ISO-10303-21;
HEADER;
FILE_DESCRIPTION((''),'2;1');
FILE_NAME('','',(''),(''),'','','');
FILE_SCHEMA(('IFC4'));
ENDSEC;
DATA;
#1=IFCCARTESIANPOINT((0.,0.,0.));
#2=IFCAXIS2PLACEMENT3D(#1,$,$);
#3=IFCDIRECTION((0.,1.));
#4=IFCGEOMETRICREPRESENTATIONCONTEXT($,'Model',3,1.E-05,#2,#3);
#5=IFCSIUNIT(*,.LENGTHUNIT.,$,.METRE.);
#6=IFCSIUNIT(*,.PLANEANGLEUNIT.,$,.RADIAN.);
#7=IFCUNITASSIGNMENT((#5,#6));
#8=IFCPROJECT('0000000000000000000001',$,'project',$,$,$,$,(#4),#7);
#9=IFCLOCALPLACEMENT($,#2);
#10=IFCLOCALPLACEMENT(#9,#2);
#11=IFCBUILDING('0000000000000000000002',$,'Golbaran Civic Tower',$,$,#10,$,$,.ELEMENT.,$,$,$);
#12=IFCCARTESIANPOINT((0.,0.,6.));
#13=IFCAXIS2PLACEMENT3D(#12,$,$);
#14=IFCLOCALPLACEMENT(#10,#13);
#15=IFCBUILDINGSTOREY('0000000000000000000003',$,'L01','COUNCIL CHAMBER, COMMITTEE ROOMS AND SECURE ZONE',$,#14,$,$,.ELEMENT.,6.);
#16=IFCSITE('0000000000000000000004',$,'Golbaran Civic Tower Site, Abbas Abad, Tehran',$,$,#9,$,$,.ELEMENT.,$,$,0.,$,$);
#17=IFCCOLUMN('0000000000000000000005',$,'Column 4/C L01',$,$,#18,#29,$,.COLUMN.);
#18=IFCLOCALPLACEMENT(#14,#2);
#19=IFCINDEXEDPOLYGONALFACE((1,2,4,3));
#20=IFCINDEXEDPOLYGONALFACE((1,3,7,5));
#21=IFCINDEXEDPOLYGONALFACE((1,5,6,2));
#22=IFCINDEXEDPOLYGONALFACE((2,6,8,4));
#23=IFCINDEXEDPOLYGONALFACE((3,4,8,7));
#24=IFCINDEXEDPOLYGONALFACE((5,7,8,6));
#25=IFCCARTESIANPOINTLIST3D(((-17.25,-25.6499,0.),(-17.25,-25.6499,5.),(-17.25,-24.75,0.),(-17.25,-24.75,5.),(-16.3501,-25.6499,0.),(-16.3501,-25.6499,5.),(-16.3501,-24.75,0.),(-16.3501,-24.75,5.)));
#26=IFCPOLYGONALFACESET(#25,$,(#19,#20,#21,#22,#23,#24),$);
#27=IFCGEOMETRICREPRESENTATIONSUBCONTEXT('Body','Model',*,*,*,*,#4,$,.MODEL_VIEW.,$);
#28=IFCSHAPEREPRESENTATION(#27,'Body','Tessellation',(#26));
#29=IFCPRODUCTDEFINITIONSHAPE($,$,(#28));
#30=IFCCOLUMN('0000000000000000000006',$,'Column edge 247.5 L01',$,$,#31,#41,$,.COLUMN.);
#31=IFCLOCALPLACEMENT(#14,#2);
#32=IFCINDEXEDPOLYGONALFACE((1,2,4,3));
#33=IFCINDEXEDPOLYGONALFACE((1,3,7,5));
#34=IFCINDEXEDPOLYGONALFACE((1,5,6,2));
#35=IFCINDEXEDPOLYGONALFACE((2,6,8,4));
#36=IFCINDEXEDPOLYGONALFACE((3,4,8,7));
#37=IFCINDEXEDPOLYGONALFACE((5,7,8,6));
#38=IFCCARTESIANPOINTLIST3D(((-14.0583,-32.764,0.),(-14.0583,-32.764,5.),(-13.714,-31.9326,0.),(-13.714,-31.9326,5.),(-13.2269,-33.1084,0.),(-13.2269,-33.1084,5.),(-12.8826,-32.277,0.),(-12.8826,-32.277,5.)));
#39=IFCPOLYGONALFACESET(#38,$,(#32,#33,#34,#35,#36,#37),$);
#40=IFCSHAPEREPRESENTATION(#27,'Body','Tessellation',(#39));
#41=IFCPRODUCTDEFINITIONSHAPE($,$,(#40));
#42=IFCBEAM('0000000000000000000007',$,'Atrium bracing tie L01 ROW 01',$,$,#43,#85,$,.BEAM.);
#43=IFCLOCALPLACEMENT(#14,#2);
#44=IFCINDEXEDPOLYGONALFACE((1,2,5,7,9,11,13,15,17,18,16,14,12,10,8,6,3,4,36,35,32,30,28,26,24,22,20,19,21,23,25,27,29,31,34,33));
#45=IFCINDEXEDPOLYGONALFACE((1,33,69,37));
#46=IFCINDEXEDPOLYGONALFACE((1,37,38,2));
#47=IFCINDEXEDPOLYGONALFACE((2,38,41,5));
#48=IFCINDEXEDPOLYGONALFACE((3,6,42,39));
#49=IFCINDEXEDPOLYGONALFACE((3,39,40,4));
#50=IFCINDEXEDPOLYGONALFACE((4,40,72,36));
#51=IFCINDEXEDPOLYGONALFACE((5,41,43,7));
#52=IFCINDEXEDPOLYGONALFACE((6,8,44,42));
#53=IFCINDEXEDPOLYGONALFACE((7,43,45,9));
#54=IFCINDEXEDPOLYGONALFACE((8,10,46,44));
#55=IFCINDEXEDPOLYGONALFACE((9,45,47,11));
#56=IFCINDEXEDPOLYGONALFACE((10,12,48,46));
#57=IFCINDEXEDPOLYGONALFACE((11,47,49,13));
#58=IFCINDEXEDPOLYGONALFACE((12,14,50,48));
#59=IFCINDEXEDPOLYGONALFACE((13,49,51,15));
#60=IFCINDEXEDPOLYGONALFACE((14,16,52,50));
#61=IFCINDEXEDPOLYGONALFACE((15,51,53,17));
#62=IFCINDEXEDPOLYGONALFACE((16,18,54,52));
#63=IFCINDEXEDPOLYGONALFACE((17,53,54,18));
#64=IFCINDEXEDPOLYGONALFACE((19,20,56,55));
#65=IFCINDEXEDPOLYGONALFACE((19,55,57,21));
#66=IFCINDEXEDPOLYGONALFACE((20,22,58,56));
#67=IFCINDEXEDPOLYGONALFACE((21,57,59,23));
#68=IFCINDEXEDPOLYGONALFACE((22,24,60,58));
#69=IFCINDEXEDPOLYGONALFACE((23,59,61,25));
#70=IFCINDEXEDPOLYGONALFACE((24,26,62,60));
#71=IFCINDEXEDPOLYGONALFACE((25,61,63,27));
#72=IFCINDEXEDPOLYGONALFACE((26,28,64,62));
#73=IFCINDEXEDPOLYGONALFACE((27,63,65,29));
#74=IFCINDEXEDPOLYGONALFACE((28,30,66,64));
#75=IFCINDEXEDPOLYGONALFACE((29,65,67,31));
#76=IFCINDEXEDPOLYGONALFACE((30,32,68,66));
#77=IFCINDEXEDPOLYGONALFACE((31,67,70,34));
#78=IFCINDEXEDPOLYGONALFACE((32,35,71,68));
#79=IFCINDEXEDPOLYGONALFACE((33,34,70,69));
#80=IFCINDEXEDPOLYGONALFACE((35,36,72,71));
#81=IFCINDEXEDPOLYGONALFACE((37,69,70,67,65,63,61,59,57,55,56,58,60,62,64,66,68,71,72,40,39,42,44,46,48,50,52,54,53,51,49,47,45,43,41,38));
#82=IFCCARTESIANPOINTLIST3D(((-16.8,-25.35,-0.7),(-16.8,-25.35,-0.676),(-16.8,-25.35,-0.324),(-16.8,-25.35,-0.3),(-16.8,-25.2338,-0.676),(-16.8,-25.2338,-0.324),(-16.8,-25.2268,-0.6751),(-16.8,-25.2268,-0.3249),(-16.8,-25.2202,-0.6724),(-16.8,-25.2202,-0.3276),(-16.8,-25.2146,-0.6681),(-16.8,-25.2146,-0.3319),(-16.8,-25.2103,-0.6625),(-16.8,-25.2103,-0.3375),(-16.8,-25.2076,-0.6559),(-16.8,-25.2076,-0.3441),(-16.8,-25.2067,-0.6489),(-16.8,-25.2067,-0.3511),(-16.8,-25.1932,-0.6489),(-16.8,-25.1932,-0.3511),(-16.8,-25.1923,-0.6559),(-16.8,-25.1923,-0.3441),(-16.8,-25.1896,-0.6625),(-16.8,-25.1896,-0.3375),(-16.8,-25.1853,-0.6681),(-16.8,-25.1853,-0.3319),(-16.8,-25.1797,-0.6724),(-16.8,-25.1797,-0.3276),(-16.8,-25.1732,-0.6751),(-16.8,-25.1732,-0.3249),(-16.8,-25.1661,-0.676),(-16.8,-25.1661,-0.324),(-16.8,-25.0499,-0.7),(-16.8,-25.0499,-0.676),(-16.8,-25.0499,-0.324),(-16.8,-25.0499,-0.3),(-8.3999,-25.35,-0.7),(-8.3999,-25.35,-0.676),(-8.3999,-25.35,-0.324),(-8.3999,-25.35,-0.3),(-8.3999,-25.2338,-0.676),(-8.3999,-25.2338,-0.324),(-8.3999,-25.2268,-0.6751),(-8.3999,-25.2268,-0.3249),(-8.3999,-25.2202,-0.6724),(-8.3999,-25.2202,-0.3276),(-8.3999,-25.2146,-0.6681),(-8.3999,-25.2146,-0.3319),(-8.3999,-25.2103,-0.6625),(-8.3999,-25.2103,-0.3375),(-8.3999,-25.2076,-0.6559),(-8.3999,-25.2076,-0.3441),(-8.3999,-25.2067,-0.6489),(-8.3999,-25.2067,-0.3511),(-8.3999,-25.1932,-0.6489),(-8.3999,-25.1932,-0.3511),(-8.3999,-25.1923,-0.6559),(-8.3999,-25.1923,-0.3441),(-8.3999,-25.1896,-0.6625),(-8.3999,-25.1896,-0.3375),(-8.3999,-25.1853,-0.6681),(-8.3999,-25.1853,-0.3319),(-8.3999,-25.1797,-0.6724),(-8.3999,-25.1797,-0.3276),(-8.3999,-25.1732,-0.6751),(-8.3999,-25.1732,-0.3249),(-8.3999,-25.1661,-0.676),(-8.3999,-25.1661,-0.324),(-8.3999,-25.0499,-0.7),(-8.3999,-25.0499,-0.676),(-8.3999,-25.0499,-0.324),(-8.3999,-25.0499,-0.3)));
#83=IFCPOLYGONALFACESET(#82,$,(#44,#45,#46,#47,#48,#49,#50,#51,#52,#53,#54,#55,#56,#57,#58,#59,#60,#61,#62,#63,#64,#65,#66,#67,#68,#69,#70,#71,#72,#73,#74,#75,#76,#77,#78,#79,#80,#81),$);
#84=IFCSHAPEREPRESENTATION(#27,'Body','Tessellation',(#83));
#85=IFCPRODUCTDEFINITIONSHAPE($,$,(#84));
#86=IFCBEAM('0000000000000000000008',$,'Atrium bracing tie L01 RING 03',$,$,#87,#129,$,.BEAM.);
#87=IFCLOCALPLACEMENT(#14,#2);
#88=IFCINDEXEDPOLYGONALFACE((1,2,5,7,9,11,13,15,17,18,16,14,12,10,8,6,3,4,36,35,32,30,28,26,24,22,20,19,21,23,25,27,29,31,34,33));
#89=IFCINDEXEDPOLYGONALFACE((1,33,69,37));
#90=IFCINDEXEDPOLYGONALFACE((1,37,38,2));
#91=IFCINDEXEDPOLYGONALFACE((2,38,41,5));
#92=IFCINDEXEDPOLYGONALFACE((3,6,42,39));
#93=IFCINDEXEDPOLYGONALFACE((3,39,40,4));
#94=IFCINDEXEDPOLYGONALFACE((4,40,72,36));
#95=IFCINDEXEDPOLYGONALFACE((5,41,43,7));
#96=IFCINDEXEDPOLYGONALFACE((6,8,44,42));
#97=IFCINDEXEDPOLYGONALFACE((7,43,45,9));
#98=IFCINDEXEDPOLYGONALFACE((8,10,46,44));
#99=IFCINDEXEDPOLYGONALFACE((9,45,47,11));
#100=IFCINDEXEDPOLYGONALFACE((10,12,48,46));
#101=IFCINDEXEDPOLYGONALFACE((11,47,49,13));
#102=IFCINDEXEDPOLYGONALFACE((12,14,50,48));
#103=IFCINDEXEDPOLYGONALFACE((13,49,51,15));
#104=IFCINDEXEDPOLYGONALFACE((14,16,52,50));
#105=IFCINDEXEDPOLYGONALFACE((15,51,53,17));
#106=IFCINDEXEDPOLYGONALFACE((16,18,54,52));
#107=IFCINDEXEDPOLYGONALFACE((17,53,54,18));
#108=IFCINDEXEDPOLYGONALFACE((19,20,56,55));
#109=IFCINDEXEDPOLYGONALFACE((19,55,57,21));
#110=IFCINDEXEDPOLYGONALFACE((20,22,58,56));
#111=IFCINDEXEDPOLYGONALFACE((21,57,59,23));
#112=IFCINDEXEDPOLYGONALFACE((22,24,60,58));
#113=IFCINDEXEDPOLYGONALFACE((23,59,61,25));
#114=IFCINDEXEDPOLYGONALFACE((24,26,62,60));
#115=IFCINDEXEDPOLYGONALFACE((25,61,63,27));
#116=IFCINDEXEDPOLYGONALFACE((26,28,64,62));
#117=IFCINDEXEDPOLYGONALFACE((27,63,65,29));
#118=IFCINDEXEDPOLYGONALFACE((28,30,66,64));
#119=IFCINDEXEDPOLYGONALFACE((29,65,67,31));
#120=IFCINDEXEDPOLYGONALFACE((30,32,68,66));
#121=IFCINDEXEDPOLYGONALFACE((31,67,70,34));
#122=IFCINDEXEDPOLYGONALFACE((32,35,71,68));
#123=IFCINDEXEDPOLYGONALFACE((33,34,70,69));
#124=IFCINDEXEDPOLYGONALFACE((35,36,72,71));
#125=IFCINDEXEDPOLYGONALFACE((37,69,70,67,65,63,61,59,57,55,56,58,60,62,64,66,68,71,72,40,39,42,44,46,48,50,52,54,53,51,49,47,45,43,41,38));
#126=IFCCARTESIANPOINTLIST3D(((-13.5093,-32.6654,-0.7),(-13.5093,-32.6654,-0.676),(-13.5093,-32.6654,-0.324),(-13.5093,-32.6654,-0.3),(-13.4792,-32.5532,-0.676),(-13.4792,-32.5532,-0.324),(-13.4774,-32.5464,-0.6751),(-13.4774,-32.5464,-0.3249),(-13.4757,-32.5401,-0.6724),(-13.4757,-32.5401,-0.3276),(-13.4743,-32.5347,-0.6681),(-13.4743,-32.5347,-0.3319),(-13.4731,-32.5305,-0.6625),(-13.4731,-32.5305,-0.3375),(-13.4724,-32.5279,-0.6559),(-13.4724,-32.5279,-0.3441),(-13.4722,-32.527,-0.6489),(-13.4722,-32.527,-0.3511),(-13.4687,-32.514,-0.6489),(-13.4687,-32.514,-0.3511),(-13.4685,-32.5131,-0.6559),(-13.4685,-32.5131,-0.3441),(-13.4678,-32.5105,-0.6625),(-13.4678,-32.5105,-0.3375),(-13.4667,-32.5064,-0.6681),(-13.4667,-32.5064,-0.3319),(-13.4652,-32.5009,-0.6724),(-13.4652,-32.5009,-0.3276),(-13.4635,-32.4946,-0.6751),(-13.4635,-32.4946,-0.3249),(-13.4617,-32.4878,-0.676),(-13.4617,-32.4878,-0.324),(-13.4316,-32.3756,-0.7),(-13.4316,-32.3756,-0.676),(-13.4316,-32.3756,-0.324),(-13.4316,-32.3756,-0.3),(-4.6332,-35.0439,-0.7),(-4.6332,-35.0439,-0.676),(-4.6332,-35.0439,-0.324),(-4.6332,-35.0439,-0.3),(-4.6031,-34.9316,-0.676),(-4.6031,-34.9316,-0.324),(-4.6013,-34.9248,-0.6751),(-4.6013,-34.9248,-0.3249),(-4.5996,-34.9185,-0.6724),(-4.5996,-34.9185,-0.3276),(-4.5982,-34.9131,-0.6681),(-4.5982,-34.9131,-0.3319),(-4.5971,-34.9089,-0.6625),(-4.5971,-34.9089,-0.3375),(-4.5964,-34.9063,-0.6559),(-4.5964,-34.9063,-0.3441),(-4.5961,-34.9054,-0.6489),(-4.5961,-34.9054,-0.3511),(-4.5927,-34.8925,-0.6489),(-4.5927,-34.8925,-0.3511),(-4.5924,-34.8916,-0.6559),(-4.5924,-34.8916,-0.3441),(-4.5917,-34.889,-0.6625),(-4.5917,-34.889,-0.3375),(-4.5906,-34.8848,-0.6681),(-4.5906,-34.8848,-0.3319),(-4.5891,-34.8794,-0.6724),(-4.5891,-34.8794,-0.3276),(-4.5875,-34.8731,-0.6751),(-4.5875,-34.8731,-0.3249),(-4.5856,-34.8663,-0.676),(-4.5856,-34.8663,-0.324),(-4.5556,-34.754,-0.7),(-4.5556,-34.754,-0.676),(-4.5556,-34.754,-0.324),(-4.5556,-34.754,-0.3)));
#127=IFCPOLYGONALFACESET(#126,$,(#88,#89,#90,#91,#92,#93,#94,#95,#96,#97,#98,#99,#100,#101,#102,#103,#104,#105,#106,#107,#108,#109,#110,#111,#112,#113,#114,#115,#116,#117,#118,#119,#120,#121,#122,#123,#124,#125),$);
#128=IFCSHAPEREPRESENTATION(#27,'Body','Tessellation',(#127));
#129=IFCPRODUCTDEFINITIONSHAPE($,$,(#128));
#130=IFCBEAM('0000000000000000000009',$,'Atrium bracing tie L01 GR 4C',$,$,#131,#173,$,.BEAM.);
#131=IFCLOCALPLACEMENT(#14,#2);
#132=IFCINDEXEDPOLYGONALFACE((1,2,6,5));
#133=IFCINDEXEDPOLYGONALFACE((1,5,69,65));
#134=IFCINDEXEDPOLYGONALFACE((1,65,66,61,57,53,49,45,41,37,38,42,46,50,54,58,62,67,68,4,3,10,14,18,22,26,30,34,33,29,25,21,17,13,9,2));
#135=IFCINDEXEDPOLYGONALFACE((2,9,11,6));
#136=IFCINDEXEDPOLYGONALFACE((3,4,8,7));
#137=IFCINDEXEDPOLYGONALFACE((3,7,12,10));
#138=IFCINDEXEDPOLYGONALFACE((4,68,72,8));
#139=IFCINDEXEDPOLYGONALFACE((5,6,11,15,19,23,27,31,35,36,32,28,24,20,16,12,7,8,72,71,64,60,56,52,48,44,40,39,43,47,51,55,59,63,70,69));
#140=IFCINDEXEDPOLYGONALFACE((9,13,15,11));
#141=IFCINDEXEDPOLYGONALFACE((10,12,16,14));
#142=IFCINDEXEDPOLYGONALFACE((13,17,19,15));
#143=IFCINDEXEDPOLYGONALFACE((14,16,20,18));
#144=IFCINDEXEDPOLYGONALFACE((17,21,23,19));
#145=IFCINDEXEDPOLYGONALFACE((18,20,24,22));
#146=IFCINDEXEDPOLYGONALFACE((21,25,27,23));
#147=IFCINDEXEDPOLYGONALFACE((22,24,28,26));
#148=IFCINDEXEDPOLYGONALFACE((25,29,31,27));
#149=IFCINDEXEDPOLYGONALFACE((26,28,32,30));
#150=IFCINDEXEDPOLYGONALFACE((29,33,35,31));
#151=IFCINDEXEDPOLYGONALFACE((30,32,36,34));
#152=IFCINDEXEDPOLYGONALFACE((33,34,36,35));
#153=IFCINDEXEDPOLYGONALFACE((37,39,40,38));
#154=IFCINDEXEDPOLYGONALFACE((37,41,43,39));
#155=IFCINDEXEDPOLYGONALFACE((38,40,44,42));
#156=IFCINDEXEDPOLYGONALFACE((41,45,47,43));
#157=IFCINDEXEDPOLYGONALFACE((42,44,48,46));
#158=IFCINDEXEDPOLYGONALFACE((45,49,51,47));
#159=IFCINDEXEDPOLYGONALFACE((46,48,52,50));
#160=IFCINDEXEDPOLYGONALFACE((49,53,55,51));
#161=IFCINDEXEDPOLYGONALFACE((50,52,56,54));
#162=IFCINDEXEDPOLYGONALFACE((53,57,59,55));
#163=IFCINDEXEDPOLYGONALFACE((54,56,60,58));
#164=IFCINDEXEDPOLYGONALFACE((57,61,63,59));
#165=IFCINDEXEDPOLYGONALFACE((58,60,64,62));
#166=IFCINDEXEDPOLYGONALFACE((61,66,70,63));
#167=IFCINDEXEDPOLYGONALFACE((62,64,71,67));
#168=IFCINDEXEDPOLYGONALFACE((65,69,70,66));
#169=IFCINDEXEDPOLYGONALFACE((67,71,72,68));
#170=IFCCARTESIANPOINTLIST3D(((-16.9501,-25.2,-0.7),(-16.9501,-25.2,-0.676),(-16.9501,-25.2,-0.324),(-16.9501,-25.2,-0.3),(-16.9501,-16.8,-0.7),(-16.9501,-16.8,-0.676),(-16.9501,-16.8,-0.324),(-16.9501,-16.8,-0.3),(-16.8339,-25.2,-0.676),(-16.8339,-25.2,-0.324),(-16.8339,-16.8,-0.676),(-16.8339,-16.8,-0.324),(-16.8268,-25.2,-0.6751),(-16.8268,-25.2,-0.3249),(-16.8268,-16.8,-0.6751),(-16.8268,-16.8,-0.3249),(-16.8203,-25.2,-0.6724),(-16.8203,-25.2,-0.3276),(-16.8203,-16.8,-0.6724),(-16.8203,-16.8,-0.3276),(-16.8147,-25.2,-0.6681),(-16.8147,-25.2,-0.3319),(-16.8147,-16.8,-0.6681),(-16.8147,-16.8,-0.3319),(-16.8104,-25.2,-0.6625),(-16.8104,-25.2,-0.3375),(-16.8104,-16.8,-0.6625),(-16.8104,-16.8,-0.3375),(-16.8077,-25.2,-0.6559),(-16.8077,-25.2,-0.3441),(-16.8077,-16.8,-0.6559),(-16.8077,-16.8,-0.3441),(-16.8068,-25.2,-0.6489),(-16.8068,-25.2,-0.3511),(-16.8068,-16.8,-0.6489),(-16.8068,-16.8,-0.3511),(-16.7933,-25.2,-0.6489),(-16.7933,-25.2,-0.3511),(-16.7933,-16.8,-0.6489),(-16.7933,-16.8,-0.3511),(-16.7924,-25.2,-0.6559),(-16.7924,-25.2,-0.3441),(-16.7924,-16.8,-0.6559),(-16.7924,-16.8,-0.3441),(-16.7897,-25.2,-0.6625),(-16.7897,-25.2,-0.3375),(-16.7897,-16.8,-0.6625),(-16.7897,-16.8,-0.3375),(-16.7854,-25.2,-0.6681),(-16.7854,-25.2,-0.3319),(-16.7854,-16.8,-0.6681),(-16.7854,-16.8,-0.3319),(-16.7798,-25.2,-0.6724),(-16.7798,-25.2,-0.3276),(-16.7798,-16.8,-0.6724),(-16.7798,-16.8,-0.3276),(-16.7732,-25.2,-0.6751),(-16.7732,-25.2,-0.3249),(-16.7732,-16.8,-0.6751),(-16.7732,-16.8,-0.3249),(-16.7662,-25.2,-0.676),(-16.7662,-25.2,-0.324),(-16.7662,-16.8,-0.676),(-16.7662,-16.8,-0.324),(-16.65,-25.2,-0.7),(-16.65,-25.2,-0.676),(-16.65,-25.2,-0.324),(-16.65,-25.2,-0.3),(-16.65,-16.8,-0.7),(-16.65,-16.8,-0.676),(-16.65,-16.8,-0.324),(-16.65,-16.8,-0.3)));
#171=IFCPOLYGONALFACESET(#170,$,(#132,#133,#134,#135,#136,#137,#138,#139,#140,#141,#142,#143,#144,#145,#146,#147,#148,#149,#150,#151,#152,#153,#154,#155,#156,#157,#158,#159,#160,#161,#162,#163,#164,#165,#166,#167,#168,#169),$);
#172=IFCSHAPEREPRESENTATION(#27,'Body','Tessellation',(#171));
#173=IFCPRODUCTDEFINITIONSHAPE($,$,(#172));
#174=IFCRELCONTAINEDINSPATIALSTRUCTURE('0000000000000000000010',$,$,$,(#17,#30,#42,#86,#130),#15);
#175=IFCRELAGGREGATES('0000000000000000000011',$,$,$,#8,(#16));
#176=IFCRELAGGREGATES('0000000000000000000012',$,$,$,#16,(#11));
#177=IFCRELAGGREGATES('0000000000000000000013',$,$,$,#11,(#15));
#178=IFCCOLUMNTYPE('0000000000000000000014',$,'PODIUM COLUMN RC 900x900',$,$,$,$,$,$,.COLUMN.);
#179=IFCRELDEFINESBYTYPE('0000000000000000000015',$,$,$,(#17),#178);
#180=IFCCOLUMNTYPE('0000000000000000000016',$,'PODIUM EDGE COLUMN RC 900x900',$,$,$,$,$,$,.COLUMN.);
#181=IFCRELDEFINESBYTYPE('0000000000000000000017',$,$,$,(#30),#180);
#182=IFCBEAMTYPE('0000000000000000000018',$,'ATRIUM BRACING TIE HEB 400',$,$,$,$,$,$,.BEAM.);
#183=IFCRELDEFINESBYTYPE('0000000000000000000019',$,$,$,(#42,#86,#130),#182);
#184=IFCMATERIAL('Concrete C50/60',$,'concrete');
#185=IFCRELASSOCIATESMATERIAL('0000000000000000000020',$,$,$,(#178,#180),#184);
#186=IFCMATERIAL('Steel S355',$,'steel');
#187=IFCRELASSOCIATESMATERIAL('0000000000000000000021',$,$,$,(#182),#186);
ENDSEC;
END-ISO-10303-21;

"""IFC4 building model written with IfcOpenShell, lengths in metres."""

from ifc_helpers import new_model, si_unit, direction, frame, origin, origin_2d, place, context, subcontext, project, spatial, rectangle, i_section, extrude, material, material_profile, profile_set, type_object, element, save


model = new_model("IFC4")

# Units and contexts
model_context = context("Model", 3, precision=1e-05, world=origin(), true_north=direction((0.0, 1.0)))
body_context = subcontext(model_context, "Body", "Model", "MODEL_VIEW")
ifc_project = project(units=[si_unit("LENGTHUNIT", "METRE"), si_unit("PLANEANGLEUNIT", "RADIAN")], contexts=[model_context])

# Site, building, storey
site_placement = place(None, origin())
site = spatial("IfcSite", under=ifc_project, at=site_placement, Name="Golbaran Civic Tower Site, Abbas Abad, Tehran", CompositionType="ELEMENT", RefElevation=0.0)
building_placement = place(site_placement, origin())
building = spatial("IfcBuilding", under=site, at=building_placement, Name="Golbaran Civic Tower", CompositionType="ELEMENT")
storey_placement = place(building_placement, frame((0.0, 0.0, 6.0)))
storey = spatial("IfcBuildingStorey", under=building, at=storey_placement, Name="L01", Description="COUNCIL CHAMBER, COMMITTEE ROOMS AND SECURE ZONE", CompositionType="ELEMENT", Elevation=6.0)

# Columns
ifc_material_1 = material(Name="Concrete C50/60", Category="concrete")
ifc_material_profile_1 = material_profile(ifc_material_1, rectangle(XDim=0.8999, YDim=0.8999, at=origin_2d()), Name="RC 900x900")
ifc_profile_set_1 = profile_set([ifc_material_profile_1], Name="Concrete C50/60")
column_type_1 = type_object("IfcColumnType", Name="PODIUM COLUMN RC 900x900", PredefinedType="COLUMN", material=ifc_profile_set_1)
column_1_placement = place(storey_placement, frame((-16.8, -25.2, 0.0), z_axis=(0.0, 0.0, 1.0), x_axis=(1.0, 0.0, 0.0)))
element("IfcColumn", 1, at=column_1_placement, inside=storey, type_object=column_type_1, Name="Column 4/C L01", PredefinedType="COLUMN", context=body_context, shape_type="SweptSolid", body=[
    extrude(rectangle(XDim=0.8999, YDim=0.8999, at=origin_2d()), origin(), (0.0, 0.0, 1.0), 5.0),
])
ifc_material_profile_2 = material_profile(ifc_material_1, rectangle(XDim=0.8999, YDim=0.8999, at=origin_2d()), Name="RC 900x900")
ifc_profile_set_2 = profile_set([ifc_material_profile_2], Name="Concrete C50/60")
column_type_2 = type_object("IfcColumnType", Name="PODIUM EDGE COLUMN RC 900x900", PredefinedType="COLUMN", material=ifc_profile_set_2)
column_2_placement = place(storey_placement, frame((-13.4705, -32.5205, 0.0), z_axis=(0.0, 0.0, 1.0), x_axis=(-0.382683, -0.92388, 0.0)))
element("IfcColumn", 2, at=column_2_placement, inside=storey, type_object=column_type_2, Name="Column edge 247.5 L01", PredefinedType="COLUMN", context=body_context, shape_type="SweptSolid", body=[
    extrude(rectangle(XDim=0.8999, YDim=0.8999, at=origin_2d()), origin(), (0.0, 0.0, 1.0), 5.0),
])

# Beams
ifc_material_2 = material(Name="Steel S355", Category="steel")
ifc_material_profile_3 = material_profile(ifc_material_2, i_section(OverallWidth=0.3, OverallDepth=0.3999, WebThickness=0.0134, FlangeThickness=0.0239, FilletRadius=0.0271, at=origin_2d()), Name="HEB 400")
ifc_profile_set_3 = profile_set([ifc_material_profile_3], Name="Steel S355")
beam_type = type_object("IfcBeamType", Name="ATRIUM BRACING TIE HEB 400", PredefinedType="BEAM", material=ifc_profile_set_3)
beam_1_placement = place(storey_placement, frame((-16.8, -25.2, -0.5), z_axis=(1.0, 0.0, 0.0), x_axis=(0.0, 1.0, 0.0)))
element("IfcBeam", 3, at=beam_1_placement, inside=storey, type_object=beam_type, Name="Atrium bracing tie L01 ROW 01", PredefinedType="BEAM", context=body_context, shape_type="SweptSolid", body=[
    extrude(i_section(OverallWidth=0.3, OverallDepth=0.3999, WebThickness=0.0134, FlangeThickness=0.0239, FilletRadius=0.0271, at=origin_2d()), origin(), (0.0, 0.0, 1.0), 8.4001),
])
beam_2_placement = place(storey_placement, frame((-13.4705, -32.5205, -0.5), z_axis=(0.965923, -0.25883, 0.0), x_axis=(0.25883, 0.965923, 0.0)))
element("IfcBeam", 4, at=beam_2_placement, inside=storey, type_object=beam_type, Name="Atrium bracing tie L01 RING 03", PredefinedType="BEAM", context=body_context, shape_type="SweptSolid", body=[
    extrude(i_section(OverallWidth=0.3, OverallDepth=0.3999, WebThickness=0.0134, FlangeThickness=0.0239, FilletRadius=0.0271, at=origin_2d()), origin(), (0.0, 0.0, 1.0), 9.1892),
])
beam_3_placement = place(storey_placement, frame((-16.8, -25.2, -0.5), z_axis=(0.0, 1.0, 0.0), x_axis=(-1.0, 0.0, 0.0)))
element("IfcBeam", 5, at=beam_3_placement, inside=storey, type_object=beam_type, Name="Atrium bracing tie L01 GR 4C", PredefinedType="BEAM", context=body_context, shape_type="SweptSolid", body=[
    extrude(i_section(OverallWidth=0.3, OverallDepth=0.3999, WebThickness=0.0134, FlangeThickness=0.0239, FilletRadius=0.0271, at=origin_2d()), origin(), (0.0, 0.0, 1.0), 8.3999),
])

save(model, "model.ifc")
